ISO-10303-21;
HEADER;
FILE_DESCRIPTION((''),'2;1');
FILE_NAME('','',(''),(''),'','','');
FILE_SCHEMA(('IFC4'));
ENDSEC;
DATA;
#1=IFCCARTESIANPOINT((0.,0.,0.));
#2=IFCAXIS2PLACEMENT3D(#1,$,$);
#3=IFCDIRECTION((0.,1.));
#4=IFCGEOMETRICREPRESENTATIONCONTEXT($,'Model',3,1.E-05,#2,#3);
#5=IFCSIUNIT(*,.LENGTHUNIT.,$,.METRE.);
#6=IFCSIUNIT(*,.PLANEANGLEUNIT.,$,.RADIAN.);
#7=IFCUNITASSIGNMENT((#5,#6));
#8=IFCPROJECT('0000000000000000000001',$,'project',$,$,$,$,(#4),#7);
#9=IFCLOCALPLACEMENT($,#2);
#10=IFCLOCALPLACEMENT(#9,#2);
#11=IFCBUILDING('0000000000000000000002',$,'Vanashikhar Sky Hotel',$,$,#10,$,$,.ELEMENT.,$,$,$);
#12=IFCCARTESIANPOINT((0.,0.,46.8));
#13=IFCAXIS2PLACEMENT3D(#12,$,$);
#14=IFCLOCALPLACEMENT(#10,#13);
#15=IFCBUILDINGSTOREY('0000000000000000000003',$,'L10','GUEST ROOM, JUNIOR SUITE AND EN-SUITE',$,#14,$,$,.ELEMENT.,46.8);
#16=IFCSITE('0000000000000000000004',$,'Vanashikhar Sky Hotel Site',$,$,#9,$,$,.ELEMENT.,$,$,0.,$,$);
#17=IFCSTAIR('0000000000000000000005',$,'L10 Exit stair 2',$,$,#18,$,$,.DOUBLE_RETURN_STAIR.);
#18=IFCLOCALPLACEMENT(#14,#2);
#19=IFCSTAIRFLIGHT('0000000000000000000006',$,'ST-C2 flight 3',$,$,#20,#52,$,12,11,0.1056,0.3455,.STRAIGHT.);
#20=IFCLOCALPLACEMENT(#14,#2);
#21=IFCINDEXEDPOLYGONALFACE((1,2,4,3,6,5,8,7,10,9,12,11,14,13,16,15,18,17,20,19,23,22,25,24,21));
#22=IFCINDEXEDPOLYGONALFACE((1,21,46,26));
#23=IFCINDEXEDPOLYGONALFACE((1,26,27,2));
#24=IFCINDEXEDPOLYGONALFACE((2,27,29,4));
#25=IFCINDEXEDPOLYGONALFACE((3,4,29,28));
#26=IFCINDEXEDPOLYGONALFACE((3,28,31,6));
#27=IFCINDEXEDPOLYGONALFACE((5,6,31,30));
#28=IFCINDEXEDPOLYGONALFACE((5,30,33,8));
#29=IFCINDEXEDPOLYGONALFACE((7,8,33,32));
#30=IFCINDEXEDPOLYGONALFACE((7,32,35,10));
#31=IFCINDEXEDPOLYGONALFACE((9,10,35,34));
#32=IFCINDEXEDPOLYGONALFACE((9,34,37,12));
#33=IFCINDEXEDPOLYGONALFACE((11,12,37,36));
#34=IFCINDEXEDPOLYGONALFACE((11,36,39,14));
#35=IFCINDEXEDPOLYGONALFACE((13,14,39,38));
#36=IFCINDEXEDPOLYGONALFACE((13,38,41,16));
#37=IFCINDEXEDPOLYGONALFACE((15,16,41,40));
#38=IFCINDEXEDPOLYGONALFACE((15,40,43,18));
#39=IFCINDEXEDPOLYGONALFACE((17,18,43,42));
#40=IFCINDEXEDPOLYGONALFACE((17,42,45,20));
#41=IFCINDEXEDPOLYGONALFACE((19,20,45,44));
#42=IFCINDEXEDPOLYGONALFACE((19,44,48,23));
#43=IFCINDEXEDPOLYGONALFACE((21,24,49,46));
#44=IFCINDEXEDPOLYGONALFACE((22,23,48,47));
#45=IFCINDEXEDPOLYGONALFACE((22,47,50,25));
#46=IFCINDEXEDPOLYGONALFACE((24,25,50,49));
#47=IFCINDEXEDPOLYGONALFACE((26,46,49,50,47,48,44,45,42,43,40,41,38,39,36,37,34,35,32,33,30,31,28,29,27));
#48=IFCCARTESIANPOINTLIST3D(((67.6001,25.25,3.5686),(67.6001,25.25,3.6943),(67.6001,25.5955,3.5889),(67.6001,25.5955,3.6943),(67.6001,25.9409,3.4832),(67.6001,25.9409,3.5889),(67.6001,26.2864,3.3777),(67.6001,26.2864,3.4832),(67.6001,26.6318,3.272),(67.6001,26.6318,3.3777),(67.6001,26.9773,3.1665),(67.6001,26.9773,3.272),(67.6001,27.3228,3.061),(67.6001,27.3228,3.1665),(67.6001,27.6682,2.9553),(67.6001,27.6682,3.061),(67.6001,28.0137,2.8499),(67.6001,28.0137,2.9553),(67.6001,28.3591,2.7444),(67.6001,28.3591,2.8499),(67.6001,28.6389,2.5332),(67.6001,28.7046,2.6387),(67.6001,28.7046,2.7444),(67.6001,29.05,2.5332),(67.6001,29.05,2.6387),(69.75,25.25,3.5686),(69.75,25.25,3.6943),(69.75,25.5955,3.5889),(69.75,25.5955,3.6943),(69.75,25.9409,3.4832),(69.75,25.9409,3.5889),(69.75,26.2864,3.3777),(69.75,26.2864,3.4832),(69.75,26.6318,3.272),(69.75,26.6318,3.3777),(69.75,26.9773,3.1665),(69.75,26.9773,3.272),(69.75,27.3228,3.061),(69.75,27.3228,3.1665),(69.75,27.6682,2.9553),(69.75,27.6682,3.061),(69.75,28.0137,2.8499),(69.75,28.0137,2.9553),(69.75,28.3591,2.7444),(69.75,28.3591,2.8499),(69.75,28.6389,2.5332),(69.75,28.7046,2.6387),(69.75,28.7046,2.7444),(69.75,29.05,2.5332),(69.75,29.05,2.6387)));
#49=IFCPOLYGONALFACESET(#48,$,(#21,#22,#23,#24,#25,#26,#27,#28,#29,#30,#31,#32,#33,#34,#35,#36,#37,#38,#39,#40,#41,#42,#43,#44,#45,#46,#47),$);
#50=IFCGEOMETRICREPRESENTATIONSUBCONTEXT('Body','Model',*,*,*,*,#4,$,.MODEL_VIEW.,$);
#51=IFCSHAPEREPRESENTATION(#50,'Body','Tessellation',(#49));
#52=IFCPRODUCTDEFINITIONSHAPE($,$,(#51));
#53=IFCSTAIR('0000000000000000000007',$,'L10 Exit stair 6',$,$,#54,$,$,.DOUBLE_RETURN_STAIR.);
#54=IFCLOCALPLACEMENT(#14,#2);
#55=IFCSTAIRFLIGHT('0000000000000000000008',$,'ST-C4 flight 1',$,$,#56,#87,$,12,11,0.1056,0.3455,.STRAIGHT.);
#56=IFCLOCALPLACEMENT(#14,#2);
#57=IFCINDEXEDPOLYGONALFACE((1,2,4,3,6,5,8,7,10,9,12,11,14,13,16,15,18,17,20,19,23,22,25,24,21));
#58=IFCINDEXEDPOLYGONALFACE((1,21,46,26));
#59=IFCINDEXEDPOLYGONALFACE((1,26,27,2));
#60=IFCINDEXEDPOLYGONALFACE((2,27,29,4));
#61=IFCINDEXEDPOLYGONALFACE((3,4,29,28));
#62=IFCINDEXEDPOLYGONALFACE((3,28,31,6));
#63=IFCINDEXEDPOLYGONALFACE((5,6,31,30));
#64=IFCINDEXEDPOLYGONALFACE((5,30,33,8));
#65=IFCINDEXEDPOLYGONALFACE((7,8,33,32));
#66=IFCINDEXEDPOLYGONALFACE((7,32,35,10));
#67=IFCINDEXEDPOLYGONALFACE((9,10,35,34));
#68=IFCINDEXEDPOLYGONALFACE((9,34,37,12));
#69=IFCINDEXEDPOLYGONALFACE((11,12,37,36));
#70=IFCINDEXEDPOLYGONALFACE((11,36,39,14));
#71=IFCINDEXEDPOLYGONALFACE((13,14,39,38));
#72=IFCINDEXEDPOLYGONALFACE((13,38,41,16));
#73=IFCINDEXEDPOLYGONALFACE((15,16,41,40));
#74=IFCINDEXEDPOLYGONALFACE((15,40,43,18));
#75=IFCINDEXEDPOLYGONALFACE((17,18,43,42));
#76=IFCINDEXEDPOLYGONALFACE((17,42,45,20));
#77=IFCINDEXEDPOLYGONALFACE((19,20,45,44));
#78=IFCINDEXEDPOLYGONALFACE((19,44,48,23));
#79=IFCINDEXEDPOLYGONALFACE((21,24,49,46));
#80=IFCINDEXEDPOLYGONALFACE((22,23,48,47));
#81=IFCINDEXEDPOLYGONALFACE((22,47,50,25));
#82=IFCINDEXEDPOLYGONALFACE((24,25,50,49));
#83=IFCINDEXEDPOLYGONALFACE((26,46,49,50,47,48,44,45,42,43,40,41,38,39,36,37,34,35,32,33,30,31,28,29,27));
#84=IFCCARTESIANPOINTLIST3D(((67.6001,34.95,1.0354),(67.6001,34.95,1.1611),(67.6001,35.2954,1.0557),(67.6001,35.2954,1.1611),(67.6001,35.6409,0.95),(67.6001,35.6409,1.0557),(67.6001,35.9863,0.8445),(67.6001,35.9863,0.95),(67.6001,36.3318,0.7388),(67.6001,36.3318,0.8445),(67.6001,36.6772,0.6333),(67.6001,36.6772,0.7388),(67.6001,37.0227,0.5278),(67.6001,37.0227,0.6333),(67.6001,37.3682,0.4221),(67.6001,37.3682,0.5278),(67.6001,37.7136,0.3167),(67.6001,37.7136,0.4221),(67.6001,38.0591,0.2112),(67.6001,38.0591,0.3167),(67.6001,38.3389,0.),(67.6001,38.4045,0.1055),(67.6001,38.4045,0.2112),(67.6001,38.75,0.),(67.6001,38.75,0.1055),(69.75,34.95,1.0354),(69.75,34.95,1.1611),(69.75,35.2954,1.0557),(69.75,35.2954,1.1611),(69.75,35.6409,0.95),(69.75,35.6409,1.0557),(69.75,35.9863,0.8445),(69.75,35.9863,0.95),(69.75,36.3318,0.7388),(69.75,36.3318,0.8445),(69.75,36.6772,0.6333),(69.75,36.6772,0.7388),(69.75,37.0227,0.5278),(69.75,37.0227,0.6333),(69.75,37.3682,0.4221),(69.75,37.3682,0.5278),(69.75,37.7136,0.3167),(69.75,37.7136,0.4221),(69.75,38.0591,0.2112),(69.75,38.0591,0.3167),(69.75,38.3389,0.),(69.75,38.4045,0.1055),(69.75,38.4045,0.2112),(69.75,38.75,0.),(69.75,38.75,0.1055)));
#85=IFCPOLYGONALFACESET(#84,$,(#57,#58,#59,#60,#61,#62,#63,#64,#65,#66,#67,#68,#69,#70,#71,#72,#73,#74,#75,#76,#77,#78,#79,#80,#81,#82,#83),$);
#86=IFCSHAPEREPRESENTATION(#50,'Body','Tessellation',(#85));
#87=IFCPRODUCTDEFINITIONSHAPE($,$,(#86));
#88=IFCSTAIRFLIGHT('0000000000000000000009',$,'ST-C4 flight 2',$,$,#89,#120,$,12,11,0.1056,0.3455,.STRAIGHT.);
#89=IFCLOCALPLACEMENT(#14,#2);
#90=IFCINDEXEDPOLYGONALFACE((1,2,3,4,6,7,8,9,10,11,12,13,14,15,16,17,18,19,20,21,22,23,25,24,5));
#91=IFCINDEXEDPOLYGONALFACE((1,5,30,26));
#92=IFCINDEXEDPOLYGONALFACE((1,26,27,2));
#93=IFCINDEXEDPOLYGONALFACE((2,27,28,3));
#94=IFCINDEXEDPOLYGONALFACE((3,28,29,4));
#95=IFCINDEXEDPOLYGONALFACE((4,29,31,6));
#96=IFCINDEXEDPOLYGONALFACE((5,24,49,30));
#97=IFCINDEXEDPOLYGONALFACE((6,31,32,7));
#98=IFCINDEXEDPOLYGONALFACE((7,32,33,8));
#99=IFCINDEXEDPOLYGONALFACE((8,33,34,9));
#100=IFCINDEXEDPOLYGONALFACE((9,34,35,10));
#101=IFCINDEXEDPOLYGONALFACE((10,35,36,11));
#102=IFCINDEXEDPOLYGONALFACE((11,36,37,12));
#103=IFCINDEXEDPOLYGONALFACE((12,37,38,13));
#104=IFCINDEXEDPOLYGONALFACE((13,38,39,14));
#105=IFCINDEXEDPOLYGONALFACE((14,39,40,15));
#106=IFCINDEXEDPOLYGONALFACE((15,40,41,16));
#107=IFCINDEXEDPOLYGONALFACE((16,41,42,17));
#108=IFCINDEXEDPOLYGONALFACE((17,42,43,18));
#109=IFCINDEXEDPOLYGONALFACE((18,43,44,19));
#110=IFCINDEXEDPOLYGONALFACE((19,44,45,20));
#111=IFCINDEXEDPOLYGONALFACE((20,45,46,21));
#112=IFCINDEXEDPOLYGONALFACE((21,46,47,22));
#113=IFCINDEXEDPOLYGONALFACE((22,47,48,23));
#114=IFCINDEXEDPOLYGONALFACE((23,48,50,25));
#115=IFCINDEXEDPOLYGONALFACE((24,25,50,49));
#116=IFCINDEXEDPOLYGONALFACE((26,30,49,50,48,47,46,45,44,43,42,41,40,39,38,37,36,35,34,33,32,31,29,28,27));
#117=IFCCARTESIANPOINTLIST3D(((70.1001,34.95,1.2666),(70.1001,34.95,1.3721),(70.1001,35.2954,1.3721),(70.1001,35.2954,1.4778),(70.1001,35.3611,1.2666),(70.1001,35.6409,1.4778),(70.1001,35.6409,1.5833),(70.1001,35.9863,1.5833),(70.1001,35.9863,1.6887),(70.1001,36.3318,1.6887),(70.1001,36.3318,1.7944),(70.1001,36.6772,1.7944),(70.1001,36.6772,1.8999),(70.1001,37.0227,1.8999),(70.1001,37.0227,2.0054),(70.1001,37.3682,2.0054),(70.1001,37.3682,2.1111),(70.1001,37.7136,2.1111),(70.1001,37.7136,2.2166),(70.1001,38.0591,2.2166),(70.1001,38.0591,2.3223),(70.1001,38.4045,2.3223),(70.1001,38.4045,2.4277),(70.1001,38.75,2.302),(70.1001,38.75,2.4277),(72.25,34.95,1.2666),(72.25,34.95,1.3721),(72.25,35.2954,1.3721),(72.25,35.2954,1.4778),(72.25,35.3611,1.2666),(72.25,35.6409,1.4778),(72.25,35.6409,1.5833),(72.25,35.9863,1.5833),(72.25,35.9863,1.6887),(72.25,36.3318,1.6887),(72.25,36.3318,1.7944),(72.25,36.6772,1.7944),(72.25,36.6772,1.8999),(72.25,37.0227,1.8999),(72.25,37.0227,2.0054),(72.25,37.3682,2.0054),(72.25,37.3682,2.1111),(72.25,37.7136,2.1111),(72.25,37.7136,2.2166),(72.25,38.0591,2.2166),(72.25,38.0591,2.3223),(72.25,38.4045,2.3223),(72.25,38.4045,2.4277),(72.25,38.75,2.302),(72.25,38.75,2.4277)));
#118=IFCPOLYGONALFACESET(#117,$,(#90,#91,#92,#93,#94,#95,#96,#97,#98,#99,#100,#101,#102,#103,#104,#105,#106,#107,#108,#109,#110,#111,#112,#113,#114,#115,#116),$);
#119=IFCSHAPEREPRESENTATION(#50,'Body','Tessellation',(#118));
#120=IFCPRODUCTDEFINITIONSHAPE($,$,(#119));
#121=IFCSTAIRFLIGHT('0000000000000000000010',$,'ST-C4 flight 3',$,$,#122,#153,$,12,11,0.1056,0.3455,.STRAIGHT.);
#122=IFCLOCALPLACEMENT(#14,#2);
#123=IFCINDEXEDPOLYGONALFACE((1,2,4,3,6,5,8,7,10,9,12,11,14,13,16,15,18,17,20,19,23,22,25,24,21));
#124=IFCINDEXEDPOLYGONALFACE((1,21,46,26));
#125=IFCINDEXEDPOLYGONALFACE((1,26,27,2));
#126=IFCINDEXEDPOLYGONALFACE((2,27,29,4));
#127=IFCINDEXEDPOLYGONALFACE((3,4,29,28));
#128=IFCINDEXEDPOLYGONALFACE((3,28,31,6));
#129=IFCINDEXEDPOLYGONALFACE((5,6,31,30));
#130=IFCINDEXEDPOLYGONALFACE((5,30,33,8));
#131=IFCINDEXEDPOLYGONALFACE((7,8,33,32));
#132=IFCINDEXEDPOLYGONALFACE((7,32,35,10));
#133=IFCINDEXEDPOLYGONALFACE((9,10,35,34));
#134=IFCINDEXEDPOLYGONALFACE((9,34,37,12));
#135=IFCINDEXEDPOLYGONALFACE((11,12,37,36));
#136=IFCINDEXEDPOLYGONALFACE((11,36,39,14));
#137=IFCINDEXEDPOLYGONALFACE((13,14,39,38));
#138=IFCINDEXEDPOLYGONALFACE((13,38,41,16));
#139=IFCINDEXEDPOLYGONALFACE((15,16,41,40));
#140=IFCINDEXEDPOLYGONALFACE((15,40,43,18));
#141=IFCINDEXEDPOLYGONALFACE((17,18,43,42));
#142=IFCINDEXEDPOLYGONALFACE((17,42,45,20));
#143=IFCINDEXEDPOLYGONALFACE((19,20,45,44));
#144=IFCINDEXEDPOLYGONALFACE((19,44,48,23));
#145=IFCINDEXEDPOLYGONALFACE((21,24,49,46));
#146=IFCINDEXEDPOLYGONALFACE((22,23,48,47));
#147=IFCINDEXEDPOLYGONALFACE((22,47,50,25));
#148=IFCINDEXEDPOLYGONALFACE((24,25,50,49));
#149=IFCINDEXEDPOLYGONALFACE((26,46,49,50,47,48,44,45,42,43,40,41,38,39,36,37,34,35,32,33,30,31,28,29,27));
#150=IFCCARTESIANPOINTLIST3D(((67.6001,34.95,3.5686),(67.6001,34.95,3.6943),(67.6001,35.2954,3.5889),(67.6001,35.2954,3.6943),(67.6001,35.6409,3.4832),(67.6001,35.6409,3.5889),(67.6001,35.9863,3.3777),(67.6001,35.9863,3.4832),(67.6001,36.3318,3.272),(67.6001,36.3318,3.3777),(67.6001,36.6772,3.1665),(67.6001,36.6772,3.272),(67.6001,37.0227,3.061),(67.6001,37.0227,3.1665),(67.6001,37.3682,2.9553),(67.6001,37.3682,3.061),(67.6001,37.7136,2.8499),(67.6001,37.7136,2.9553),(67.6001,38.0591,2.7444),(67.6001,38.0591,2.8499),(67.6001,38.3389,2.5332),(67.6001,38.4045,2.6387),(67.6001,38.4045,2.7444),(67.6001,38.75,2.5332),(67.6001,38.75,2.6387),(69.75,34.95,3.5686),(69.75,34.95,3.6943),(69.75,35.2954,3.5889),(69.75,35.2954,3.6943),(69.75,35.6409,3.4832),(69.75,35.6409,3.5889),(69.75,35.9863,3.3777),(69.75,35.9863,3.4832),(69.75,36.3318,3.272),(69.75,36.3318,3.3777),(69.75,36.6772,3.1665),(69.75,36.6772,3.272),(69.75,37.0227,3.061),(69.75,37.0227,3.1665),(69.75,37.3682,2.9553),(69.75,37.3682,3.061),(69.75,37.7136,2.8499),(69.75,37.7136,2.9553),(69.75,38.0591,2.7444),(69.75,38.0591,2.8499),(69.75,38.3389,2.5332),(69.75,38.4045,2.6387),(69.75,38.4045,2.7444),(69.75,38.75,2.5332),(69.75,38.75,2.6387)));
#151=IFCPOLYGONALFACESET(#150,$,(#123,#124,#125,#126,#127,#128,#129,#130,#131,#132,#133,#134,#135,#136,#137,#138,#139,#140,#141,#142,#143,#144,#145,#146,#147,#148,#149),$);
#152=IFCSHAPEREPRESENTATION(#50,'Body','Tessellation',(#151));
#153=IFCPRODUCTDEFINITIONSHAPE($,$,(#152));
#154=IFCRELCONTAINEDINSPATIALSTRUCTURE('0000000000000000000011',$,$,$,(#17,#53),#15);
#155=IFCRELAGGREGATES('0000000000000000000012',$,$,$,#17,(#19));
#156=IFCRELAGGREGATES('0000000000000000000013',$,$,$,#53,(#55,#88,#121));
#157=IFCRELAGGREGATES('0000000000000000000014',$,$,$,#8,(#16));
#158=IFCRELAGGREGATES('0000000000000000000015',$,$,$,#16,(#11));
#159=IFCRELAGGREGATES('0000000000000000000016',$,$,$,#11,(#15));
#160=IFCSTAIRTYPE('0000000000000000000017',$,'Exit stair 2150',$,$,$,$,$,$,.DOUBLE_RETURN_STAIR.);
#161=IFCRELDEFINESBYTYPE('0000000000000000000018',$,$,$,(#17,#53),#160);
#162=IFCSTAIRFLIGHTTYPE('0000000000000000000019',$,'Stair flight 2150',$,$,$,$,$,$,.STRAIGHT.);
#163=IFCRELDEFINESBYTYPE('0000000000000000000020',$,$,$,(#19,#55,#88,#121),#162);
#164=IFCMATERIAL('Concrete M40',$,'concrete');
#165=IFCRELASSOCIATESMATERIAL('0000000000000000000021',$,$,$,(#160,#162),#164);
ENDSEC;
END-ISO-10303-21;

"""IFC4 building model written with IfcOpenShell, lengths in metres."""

from ifc_helpers import new_model, si_unit, direction, frame, origin, place, context, subcontext, project, spatial, polyline, outline, extrude, source, transform, mapped, material, type_object, element, aggregate, save


model = new_model("IFC4")

# Units and contexts
model_context = context("Model", 3, precision=1e-05, world=origin(), true_north=direction((0.0, 1.0)))
body_context = subcontext(model_context, "Body", "Model", "MODEL_VIEW")
ifc_project = project(units=[si_unit("LENGTHUNIT", "METRE"), si_unit("PLANEANGLEUNIT", "RADIAN")], contexts=[model_context])

# Site, building, storey
site_placement = place(None, origin())
site = spatial("IfcSite", under=ifc_project, at=site_placement, Name="Vanashikhar Sky Hotel Site", CompositionType="ELEMENT", RefElevation=0.0)
building_placement = place(site_placement, origin())
building = spatial("IfcBuilding", under=site, at=building_placement, Name="Vanashikhar Sky Hotel", CompositionType="ELEMENT")
storey_placement = place(building_placement, frame((0.0, 0.0, 46.8)))
storey = spatial("IfcBuildingStorey", under=building, at=storey_placement, Name="L10", Description="GUEST ROOM, JUNIOR SUITE AND EN-SUITE", CompositionType="ELEMENT", Elevation=46.8)

# Shared definitions
ifc_material_1 = material(Name="Concrete M40", Category="concrete")

# Stairs, stair flights
stair_type = type_object("IfcStairType", Name="Exit stair 2150", PredefinedType="DOUBLE_RETURN_STAIR", material=ifc_material_1)
stair_1_placement = place(storey_placement, origin())
stair_1 = element("IfcStair", 1, at=stair_1_placement, inside=storey, type_object=stair_type, Name="L10 Exit stair 2", PredefinedType="DOUBLE_RETURN_STAIR")
stair_flight_type = type_object("IfcStairFlightType", Name="Stair flight 2150", PredefinedType="STRAIGHT", material=ifc_material_1)
shared_shape_1 = source(origin(), body_context, "Body", "SweptSolid", [
    extrude(outline(polyline([(0.0, 0.0), (0.0, 0.1055), (0.3455, 0.1055), (0.3455, 0.2112), (0.6909, 0.2112), (0.6909, 0.3167), (1.0364, 0.3167), (1.0364, 0.4221), (1.3818, 0.4221), (1.3818, 0.5278), (1.7273, 0.5278), (1.7273, 0.6333), (2.0728, 0.6333), (2.0728, 0.7388), (2.4182, 0.7388), (2.4182, 0.8445), (2.7637, 0.8445), (2.7637, 0.95), (3.1091, 0.95), (3.1091, 1.0557), (3.4546, 1.0557), (3.4546, 1.1611), (3.8, 1.1611), (3.8, 1.2666), (3.8, 1.0354), (0.4111, 0.0), (0.0, 0.0)])), frame((0.0, 1.075, 0.0), z_axis=(0.0, -1.0, 0.0), x_axis=(1.0, 0.0, 0.0)), (0.0, 0.0, 1.0), 2.1499),
])
stair_flight_1_placement = place(storey_placement, frame((68.675, 29.05, 2.5332), z_axis=(0.0, 0.0, 1.0), x_axis=(0.0, -1.0, 0.0)))
stair_flight_1 = element("IfcStairFlight", 2, at=stair_flight_1_placement, type_object=stair_flight_type, Name="ST-C2 flight 3", NumberOfRisers=12, NumberOfTreads=11, PredefinedType="STRAIGHT", RiserHeight=0.1056, TreadLength=0.3455, context=body_context, shape_type="MappedRepresentation", body=[
    mapped(shared_shape_1, transform((0.0, 0.0, 0.0), scale=1.0)),
])
aggregate(stair_1, [stair_flight_1])
stair_2_placement = place(storey_placement, origin())
stair_2 = element("IfcStair", 3, at=stair_2_placement, inside=storey, type_object=stair_type, Name="L10 Exit stair 6", PredefinedType="DOUBLE_RETURN_STAIR")
stair_flight_2_placement = place(storey_placement, frame((68.675, 38.75, 0.0), z_axis=(0.0, 0.0, 1.0), x_axis=(0.0, -1.0, 0.0)))
stair_flight_2 = element("IfcStairFlight", 4, at=stair_flight_2_placement, type_object=stair_flight_type, Name="ST-C4 flight 1", NumberOfRisers=12, NumberOfTreads=11, PredefinedType="STRAIGHT", RiserHeight=0.1056, TreadLength=0.3455, context=body_context, shape_type="MappedRepresentation", body=[
    mapped(shared_shape_1, transform((0.0, 0.0, 0.0), scale=1.0)),
])
stair_flight_3_placement = place(storey_placement, frame((71.175, 34.95, 1.2666), z_axis=(0.0, 0.0, 1.0), x_axis=(0.0, 1.0, 0.0)))
stair_flight_3 = element("IfcStairFlight", 5, at=stair_flight_3_placement, type_object=stair_flight_type, Name="ST-C4 flight 2", NumberOfRisers=12, NumberOfTreads=11, PredefinedType="STRAIGHT", RiserHeight=0.1056, TreadLength=0.3455, context=body_context, shape_type="MappedRepresentation", body=[
    mapped(shared_shape_1, transform((0.0, 0.0, 0.0), scale=1.0)),
])
stair_flight_4_placement = place(storey_placement, frame((68.675, 38.75, 2.5332), z_axis=(0.0, 0.0, 1.0), x_axis=(0.0, -1.0, 0.0)))
stair_flight_4 = element("IfcStairFlight", 6, at=stair_flight_4_placement, type_object=stair_flight_type, Name="ST-C4 flight 3", NumberOfRisers=12, NumberOfTreads=11, PredefinedType="STRAIGHT", RiserHeight=0.1056, TreadLength=0.3455, context=body_context, shape_type="MappedRepresentation", body=[
    mapped(shared_shape_1, transform((0.0, 0.0, 0.0), scale=1.0)),
])
aggregate(stair_2, [stair_flight_2, stair_flight_3, stair_flight_4])

save(model, "model.ifc")
